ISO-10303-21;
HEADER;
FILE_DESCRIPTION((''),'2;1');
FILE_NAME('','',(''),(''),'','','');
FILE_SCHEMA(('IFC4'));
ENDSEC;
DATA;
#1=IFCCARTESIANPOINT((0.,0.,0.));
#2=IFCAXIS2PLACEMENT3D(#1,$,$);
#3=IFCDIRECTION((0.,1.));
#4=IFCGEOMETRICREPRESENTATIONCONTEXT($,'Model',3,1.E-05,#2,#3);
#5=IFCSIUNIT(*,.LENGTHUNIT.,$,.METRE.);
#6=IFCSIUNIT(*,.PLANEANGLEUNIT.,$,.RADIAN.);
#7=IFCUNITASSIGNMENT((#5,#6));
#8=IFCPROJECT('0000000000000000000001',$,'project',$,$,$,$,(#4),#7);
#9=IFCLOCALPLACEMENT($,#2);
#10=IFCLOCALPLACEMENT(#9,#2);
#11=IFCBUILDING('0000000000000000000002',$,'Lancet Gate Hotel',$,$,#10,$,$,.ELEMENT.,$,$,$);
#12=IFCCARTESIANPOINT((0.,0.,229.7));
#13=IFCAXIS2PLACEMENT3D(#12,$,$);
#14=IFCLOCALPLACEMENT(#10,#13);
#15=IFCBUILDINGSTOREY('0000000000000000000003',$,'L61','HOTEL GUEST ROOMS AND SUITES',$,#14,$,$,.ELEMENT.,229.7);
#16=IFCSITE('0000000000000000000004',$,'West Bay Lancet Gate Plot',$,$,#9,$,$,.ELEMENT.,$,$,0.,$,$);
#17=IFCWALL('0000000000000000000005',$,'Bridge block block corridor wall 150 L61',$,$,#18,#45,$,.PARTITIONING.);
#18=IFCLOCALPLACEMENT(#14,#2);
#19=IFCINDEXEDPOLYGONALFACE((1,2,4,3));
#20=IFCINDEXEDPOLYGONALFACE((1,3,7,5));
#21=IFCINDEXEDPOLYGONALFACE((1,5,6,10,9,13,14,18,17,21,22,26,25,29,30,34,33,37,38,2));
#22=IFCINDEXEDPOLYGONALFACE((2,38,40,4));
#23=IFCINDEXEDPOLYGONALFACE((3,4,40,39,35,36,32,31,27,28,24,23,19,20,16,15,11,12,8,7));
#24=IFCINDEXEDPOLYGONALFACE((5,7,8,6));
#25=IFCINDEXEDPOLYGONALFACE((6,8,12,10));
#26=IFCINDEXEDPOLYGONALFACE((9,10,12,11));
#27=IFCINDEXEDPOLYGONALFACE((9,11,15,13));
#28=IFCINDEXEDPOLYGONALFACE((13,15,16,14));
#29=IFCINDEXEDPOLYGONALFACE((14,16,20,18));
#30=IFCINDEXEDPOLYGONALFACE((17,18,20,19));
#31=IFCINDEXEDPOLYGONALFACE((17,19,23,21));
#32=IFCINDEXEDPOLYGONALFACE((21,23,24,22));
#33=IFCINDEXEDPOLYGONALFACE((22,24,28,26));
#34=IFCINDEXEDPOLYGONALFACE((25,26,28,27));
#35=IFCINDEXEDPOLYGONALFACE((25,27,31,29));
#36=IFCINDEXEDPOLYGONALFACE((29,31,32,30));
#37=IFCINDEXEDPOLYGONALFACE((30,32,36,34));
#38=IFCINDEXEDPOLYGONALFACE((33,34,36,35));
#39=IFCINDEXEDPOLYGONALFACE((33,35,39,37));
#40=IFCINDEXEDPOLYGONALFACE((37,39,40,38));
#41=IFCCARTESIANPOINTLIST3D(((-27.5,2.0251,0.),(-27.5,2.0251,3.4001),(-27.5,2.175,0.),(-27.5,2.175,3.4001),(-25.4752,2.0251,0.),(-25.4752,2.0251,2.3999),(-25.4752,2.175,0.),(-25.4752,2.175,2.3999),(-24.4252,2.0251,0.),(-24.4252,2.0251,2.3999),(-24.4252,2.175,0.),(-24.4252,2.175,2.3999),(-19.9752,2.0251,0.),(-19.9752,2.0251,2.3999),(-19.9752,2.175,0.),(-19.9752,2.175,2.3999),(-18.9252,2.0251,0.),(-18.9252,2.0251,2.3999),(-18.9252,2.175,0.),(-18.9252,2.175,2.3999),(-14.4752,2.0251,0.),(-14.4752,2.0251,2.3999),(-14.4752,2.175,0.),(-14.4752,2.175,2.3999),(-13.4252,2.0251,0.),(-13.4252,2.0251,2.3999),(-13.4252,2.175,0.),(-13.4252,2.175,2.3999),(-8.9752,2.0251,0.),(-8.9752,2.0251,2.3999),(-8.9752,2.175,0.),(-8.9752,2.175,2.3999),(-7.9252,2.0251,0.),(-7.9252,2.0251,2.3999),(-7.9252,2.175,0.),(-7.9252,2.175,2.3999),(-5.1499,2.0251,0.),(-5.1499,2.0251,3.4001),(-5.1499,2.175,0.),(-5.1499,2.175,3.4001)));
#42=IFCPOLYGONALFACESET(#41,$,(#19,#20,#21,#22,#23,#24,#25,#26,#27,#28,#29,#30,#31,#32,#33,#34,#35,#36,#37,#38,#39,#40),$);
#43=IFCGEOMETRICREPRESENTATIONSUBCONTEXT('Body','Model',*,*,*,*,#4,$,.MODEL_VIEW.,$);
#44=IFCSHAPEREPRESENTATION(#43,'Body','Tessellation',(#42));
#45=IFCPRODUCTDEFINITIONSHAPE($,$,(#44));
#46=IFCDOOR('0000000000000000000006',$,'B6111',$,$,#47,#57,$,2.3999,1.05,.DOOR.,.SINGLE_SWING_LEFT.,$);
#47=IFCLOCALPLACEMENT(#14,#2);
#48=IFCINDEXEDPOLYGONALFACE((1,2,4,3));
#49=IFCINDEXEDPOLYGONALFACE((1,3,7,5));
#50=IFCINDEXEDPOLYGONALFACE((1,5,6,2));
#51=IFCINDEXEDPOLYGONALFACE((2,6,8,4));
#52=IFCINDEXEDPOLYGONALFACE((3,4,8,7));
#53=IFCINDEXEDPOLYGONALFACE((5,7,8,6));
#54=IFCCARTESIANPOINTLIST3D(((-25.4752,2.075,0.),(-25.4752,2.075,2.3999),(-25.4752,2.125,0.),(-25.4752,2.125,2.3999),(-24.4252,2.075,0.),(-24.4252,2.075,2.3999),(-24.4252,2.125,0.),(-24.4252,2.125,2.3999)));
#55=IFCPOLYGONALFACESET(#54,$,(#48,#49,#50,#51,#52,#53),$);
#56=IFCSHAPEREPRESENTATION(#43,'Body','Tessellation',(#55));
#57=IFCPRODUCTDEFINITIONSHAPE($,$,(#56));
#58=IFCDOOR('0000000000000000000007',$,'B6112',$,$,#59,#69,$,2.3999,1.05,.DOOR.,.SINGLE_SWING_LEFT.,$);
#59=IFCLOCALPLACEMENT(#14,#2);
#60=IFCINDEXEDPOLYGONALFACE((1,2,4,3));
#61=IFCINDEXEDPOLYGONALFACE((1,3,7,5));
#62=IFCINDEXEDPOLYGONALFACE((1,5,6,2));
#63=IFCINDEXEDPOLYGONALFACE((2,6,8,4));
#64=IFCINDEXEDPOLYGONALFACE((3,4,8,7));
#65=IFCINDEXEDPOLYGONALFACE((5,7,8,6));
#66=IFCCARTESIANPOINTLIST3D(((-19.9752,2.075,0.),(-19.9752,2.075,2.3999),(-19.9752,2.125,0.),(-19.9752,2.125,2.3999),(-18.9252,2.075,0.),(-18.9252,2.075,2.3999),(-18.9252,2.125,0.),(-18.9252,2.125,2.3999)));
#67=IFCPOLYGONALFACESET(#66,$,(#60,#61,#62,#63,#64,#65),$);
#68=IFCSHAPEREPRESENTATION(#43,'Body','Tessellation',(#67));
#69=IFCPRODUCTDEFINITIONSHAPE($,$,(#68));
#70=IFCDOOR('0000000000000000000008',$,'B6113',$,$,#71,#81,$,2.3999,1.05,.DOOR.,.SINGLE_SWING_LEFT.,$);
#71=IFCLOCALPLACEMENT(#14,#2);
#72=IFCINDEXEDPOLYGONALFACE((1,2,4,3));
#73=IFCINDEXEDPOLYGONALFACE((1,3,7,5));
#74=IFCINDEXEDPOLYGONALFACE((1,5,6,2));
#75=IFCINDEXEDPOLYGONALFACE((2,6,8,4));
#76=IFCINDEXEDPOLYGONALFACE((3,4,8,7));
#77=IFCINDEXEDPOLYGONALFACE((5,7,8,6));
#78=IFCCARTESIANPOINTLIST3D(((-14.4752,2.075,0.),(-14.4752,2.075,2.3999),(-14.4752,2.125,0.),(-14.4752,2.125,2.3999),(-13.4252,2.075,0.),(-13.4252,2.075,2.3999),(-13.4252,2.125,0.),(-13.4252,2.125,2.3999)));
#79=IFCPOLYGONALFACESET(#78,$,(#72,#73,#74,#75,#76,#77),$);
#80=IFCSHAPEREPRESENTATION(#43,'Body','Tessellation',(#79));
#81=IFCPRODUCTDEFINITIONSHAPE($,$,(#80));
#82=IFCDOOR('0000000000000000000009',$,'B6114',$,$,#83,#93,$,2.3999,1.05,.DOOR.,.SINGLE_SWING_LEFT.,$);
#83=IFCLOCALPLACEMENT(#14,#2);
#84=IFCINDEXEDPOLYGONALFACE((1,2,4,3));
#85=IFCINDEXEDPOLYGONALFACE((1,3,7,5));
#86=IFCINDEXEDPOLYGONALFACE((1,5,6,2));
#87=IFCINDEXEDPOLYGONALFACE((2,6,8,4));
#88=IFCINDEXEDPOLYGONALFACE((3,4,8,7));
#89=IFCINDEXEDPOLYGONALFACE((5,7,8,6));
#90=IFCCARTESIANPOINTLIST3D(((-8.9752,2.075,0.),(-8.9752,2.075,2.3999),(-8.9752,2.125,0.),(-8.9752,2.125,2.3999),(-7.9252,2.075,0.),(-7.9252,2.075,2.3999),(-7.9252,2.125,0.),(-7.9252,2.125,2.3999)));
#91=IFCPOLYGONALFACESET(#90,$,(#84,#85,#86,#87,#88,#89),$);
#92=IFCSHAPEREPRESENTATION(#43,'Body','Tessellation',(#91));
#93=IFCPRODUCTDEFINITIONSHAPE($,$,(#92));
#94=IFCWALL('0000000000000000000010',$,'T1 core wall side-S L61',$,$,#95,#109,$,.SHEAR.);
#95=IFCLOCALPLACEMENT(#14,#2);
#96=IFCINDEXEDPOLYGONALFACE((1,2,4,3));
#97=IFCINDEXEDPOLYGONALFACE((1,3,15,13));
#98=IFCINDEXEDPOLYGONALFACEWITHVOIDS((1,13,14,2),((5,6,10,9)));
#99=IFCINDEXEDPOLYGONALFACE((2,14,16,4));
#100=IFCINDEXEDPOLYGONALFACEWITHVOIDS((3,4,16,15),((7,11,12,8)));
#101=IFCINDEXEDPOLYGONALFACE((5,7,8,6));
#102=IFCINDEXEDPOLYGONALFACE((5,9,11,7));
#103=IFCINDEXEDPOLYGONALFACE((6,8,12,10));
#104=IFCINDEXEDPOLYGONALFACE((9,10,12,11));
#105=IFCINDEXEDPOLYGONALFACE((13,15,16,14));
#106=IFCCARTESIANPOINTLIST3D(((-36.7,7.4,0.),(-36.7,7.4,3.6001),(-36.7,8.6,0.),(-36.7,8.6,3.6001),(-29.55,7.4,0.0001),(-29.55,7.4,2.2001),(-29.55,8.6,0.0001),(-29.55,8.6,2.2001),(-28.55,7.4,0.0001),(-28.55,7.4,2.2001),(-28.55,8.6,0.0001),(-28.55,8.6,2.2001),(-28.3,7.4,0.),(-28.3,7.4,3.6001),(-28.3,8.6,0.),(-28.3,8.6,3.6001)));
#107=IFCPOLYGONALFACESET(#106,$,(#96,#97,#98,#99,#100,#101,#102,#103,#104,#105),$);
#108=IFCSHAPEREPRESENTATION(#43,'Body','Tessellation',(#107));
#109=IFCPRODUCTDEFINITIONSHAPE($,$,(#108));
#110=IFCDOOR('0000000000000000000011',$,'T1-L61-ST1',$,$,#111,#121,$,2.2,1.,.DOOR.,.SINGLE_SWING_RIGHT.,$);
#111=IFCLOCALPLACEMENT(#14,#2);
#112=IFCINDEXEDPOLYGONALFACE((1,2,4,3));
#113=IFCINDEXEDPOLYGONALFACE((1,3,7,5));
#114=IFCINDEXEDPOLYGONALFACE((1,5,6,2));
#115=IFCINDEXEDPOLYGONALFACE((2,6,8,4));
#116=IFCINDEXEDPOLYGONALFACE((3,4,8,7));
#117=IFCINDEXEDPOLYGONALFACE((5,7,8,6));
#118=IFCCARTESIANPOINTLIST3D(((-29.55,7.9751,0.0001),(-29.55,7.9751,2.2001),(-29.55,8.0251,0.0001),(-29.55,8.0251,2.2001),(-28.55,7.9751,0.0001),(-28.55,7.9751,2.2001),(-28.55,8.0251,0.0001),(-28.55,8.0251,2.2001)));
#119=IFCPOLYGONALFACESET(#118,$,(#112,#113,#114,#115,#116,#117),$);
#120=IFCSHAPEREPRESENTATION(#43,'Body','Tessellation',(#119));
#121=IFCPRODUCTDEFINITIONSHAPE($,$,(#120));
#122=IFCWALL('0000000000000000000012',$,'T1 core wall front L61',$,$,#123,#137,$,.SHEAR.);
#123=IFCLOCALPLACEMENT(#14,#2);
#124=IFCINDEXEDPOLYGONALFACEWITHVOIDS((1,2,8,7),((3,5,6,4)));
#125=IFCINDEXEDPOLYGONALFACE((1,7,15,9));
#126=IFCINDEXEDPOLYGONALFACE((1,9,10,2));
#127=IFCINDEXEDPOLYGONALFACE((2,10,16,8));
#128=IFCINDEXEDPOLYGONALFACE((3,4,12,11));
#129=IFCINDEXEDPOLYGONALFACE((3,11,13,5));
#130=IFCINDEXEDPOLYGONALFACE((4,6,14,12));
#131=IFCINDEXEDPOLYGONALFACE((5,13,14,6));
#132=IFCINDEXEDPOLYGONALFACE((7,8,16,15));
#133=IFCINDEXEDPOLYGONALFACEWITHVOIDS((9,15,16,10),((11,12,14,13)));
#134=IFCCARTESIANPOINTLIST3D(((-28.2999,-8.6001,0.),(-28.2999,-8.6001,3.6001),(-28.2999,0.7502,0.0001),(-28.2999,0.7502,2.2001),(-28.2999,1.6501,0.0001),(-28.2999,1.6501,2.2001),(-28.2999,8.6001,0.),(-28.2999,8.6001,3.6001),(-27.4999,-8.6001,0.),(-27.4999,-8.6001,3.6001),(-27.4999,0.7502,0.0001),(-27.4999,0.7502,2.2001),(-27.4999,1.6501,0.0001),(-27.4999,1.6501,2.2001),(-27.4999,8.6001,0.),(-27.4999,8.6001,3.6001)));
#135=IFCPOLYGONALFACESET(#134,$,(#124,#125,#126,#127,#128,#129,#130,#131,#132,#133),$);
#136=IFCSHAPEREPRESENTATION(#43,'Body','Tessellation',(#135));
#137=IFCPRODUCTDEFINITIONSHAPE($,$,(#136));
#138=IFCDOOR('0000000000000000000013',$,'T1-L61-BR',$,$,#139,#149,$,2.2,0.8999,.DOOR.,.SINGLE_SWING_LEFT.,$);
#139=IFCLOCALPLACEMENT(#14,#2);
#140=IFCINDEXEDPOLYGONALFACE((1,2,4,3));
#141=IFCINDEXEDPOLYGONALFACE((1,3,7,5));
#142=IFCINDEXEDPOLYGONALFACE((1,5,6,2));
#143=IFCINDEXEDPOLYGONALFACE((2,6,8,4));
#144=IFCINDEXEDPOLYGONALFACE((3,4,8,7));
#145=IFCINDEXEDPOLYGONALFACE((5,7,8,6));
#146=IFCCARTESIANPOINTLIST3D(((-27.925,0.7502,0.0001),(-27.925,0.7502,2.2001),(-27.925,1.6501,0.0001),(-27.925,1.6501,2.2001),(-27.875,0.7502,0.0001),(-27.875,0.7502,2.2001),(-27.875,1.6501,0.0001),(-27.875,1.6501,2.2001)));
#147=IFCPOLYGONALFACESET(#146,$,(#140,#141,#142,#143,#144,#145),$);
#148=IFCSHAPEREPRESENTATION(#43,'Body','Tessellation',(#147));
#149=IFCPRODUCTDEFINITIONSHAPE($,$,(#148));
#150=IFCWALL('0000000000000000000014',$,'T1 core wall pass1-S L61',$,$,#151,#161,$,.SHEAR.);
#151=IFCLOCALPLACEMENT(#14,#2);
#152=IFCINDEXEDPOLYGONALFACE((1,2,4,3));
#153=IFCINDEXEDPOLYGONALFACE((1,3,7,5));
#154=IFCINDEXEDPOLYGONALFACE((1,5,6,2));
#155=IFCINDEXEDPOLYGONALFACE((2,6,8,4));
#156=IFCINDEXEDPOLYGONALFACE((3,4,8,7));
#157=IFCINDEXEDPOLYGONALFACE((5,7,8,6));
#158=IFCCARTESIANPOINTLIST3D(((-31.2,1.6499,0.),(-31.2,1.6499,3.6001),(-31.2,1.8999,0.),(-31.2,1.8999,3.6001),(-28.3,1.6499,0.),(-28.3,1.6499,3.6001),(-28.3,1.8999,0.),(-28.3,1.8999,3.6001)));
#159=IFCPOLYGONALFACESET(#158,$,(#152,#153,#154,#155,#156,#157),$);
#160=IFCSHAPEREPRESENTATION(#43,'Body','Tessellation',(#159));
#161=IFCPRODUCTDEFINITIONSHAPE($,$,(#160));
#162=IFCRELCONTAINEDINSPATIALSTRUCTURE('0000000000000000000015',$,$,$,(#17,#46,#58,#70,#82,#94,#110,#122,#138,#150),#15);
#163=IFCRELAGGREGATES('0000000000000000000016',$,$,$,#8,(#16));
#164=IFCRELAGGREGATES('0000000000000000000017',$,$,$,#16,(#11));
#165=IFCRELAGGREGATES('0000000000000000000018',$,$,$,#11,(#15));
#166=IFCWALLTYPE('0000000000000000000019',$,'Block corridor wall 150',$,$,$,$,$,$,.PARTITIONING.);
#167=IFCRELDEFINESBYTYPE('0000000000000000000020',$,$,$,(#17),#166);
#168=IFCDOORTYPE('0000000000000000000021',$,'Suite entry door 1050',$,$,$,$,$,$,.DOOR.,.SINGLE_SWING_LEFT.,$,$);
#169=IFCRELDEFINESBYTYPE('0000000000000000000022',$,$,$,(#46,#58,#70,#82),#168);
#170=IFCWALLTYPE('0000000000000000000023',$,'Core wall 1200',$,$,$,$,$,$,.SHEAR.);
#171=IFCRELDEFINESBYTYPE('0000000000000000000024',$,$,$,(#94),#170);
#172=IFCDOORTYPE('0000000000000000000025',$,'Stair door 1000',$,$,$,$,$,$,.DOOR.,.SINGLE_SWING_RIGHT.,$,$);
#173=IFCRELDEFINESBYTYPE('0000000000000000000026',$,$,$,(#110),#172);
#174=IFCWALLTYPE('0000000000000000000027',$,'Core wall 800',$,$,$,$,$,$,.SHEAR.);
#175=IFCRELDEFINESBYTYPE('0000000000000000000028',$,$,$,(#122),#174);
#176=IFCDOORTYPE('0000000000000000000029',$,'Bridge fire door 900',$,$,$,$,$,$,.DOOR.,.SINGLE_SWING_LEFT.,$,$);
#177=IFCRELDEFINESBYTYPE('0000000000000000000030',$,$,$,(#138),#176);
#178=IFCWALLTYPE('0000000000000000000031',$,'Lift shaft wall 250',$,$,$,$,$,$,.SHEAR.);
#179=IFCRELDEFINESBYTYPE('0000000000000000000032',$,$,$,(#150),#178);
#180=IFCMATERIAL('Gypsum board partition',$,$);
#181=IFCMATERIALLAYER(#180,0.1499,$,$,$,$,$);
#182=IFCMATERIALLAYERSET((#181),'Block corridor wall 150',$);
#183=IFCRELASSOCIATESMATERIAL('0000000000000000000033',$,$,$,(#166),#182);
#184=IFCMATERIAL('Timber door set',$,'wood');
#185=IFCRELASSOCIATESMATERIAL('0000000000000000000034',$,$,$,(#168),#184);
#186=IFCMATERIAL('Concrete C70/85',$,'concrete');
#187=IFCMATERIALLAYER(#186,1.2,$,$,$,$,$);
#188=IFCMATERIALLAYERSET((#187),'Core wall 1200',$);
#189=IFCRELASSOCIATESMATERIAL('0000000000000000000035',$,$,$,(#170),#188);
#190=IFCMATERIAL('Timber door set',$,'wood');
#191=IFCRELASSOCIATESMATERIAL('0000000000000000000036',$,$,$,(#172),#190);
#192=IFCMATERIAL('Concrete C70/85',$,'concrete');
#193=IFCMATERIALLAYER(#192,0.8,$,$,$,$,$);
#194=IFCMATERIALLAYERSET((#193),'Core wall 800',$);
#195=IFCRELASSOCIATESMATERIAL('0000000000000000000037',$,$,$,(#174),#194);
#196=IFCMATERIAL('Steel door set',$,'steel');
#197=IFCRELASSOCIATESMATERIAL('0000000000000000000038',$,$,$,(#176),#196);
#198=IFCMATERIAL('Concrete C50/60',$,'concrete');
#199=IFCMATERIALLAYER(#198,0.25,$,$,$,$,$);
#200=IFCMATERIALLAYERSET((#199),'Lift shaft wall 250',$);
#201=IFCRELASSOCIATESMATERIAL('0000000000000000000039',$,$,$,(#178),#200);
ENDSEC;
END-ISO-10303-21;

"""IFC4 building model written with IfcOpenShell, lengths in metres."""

from ifc_helpers import new_model, si_unit, direction, frame, frame_2d, origin, place, context, subcontext, project, spatial, rectangle, extrude, material, layer, layer_set, type_object, element, fill, save


model = new_model("IFC4")

# Units and contexts
model_context = context("Model", 3, precision=1e-05, world=origin(), true_north=direction((0.0, 1.0)))
body_context = subcontext(model_context, "Body", "Model", "MODEL_VIEW")
ifc_project = project(units=[si_unit("LENGTHUNIT", "METRE"), si_unit("PLANEANGLEUNIT", "RADIAN")], contexts=[model_context])

# Site, building, storey
site_placement = place(None, origin())
site = spatial("IfcSite", under=ifc_project, at=site_placement, Name="West Bay Lancet Gate Plot", CompositionType="ELEMENT", RefElevation=0.0)
building_placement = place(site_placement, origin())
building = spatial("IfcBuilding", under=site, at=building_placement, Name="Lancet Gate Hotel", CompositionType="ELEMENT")
storey_placement = place(building_placement, frame((0.0, 0.0, 229.7)))
storey = spatial("IfcBuildingStorey", under=building, at=storey_placement, Name="L61", Description="HOTEL GUEST ROOMS AND SUITES", CompositionType="ELEMENT", Elevation=229.7)

# Wall, openings, doors
ifc_material_1 = material(Name="Gypsum board partition")
ifc_layer_1 = layer(ifc_material_1, 0.1499)
ifc_layer_set_1 = layer_set([ifc_layer_1], Name="Block corridor wall 150")
wall_type_1 = type_object("IfcWallType", Name="Block corridor wall 150", PredefinedType="PARTITIONING", material=ifc_layer_set_1)
ifc_material_2 = material(Name="Timber door set", Category="wood")
door_type_1 = type_object("IfcDoorType", Name="Suite entry door 1050", OperationType="SINGLE_SWING_LEFT", PredefinedType="DOOR", material=ifc_material_2)
wall_1_placement = place(storey_placement, frame((-27.5, 2.1001, 0.0), z_axis=(0.0, 0.0, 1.0), x_axis=(1.0, 0.0, 0.0)))
wall_1 = element("IfcWall", 1, at=wall_1_placement, inside=storey, type_object=wall_type_1, Name="Bridge block block corridor wall 150 L61", PredefinedType="PARTITIONING", context=body_context, shape_type="SweptSolid", body=[
    extrude(rectangle(XDim=22.3501, YDim=0.1499, at=frame_2d((11.175, 0.0))), origin(), (0.0, 0.0, 1.0), 3.4001),
])
opening_1_placement = place(wall_1_placement, frame((2.0249, 0.0, 0.0)))
opening_1 = element("IfcOpeningElement", 2, at=opening_1_placement, cuts=wall_1, PredefinedType="OPENING", context=body_context, shape_type="SweptSolid", body=[
    extrude(rectangle(XDim=1.05, YDim=2.3999, at=frame_2d((0.5249, 1.2))), frame((0.0, 0.085, 0.0), z_axis=(0.0, -1.0, 0.0), x_axis=(1.0, 0.0, 0.0)), (0.0, 0.0, 1.0), 0.1699),
])
opening_2_placement = place(wall_1_placement, frame((7.5249, 0.0, 0.0)))
opening_2 = element("IfcOpeningElement", 3, at=opening_2_placement, cuts=wall_1, PredefinedType="OPENING", context=body_context, shape_type="SweptSolid", body=[
    extrude(rectangle(XDim=1.05, YDim=2.3999, at=frame_2d((0.5249, 1.2))), frame((0.0, 0.085, 0.0), z_axis=(0.0, -1.0, 0.0), x_axis=(1.0, 0.0, 0.0)), (0.0, 0.0, 1.0), 0.1699),
])
opening_3_placement = place(wall_1_placement, frame((13.0249, 0.0, 0.0)))
opening_3 = element("IfcOpeningElement", 4, at=opening_3_placement, cuts=wall_1, PredefinedType="OPENING", context=body_context, shape_type="SweptSolid", body=[
    extrude(rectangle(XDim=1.05, YDim=2.3999, at=frame_2d((0.5249, 1.2))), frame((0.0, 0.085, 0.0), z_axis=(0.0, -1.0, 0.0), x_axis=(1.0, 0.0, 0.0)), (0.0, 0.0, 1.0), 0.1699),
])
opening_4_placement = place(wall_1_placement, frame((18.5249, 0.0, 0.0)))
opening_4 = element("IfcOpeningElement", 5, at=opening_4_placement, cuts=wall_1, PredefinedType="OPENING", context=body_context, shape_type="SweptSolid", body=[
    extrude(rectangle(XDim=1.05, YDim=2.3999, at=frame_2d((0.5249, 1.2))), frame((0.0, 0.085, 0.0), z_axis=(0.0, -1.0, 0.0), x_axis=(1.0, 0.0, 0.0)), (0.0, 0.0, 1.0), 0.1699),
])
door_1_placement = place(opening_1_placement, origin())
door_1 = element("IfcDoor", 6, at=door_1_placement, inside=storey, type_object=door_type_1, Name="B6111", OperationType="SINGLE_SWING_LEFT", OverallHeight=2.3999, OverallWidth=1.05, PredefinedType="DOOR", context=body_context, shape_type="SweptSolid", body=[
    extrude(rectangle(XDim=1.05, YDim=2.3999, at=frame_2d((0.5249, 1.2))), frame((0.0, 0.0249, 0.0), z_axis=(0.0, -1.0, 0.0), x_axis=(1.0, 0.0, 0.0)), (0.0, 0.0, 1.0), 0.05),
])
fill(opening_1, door_1)
door_2_placement = place(opening_2_placement, origin())
door_2 = element("IfcDoor", 7, at=door_2_placement, inside=storey, type_object=door_type_1, Name="B6112", OperationType="SINGLE_SWING_LEFT", OverallHeight=2.3999, OverallWidth=1.05, PredefinedType="DOOR", context=body_context, shape_type="SweptSolid", body=[
    extrude(rectangle(XDim=1.05, YDim=2.3999, at=frame_2d((0.5249, 1.2))), frame((0.0, 0.0249, 0.0), z_axis=(0.0, -1.0, 0.0), x_axis=(1.0, 0.0, 0.0)), (0.0, 0.0, 1.0), 0.05),
])
fill(opening_2, door_2)
door_3_placement = place(opening_3_placement, origin())
door_3 = element("IfcDoor", 8, at=door_3_placement, inside=storey, type_object=door_type_1, Name="B6113", OperationType="SINGLE_SWING_LEFT", OverallHeight=2.3999, OverallWidth=1.05, PredefinedType="DOOR", context=body_context, shape_type="SweptSolid", body=[
    extrude(rectangle(XDim=1.05, YDim=2.3999, at=frame_2d((0.5249, 1.2))), frame((0.0, 0.0249, 0.0), z_axis=(0.0, -1.0, 0.0), x_axis=(1.0, 0.0, 0.0)), (0.0, 0.0, 1.0), 0.05),
])
fill(opening_3, door_3)
door_4_placement = place(opening_4_placement, origin())
door_4 = element("IfcDoor", 9, at=door_4_placement, inside=storey, type_object=door_type_1, Name="B6114", OperationType="SINGLE_SWING_LEFT", OverallHeight=2.3999, OverallWidth=1.05, PredefinedType="DOOR", context=body_context, shape_type="SweptSolid", body=[
    extrude(rectangle(XDim=1.05, YDim=2.3999, at=frame_2d((0.5249, 1.2))), frame((0.0, 0.0249, 0.0), z_axis=(0.0, -1.0, 0.0), x_axis=(1.0, 0.0, 0.0)), (0.0, 0.0, 1.0), 0.05),
])
fill(opening_4, door_4)

# Walls, openings, doors
ifc_material_3 = material(Name="Concrete C70/85", Category="concrete")
ifc_layer_2 = layer(ifc_material_3, 1.2)
ifc_layer_set_2 = layer_set([ifc_layer_2], Name="Core wall 1200")
wall_type_2 = type_object("IfcWallType", Name="Core wall 1200", PredefinedType="SHEAR", material=ifc_layer_set_2)
wall_2_placement = place(storey_placement, frame((-28.3, 8.0, 0.0), z_axis=(0.0, 0.0, 1.0), x_axis=(-1.0, 0.0, 0.0)))
wall_2 = element("IfcWall", 10, at=wall_2_placement, inside=storey, type_object=wall_type_2, Name="T1 core wall side-S L61", PredefinedType="SHEAR", context=body_context, shape_type="SweptSolid", body=[
    extrude(rectangle(XDim=8.3999, YDim=1.2, at=frame_2d((4.2, 0.0))), origin(), (0.0, 0.0, 1.0), 3.6001),
])
opening_5_placement = place(wall_2_placement, frame((0.25, 0.0, 0.0)))
opening_5 = element("IfcOpeningElement", 11, at=opening_5_placement, cuts=wall_2, PredefinedType="OPENING", context=body_context, shape_type="SweptSolid", body=[
    extrude(rectangle(XDim=1.0, YDim=2.2, at=frame_2d((0.5, 1.1001))), frame((0.0, 0.6099, 0.0), z_axis=(0.0, -1.0, 0.0), x_axis=(1.0, 0.0, 0.0)), (0.0, 0.0, 1.0), 1.22),
])
ifc_material_4 = material(Name="Timber door set", Category="wood")
door_type_2 = type_object("IfcDoorType", Name="Stair door 1000", OperationType="SINGLE_SWING_RIGHT", PredefinedType="DOOR", material=ifc_material_4)
door_5_placement = place(opening_5_placement, origin())
door_5 = element("IfcDoor", 12, at=door_5_placement, inside=storey, type_object=door_type_2, Name="T1-L61-ST1", OperationType="SINGLE_SWING_RIGHT", OverallHeight=2.2, OverallWidth=1.0, PredefinedType="DOOR", context=body_context, shape_type="SweptSolid", body=[
    extrude(rectangle(XDim=1.0, YDim=2.2, at=frame_2d((0.5, 1.1001))), frame((0.0, 0.0249, 0.0), z_axis=(0.0, -1.0, 0.0), x_axis=(1.0, 0.0, 0.0)), (0.0, 0.0, 1.0), 0.05),
])
fill(opening_5, door_5)
ifc_material_5 = material(Name="Concrete C70/85", Category="concrete")
ifc_layer_3 = layer(ifc_material_5, 0.8)
ifc_layer_set_3 = layer_set([ifc_layer_3], Name="Core wall 800")
wall_type_3 = type_object("IfcWallType", Name="Core wall 800", PredefinedType="SHEAR", material=ifc_layer_set_3)
wall_3_placement = place(storey_placement, frame((-27.8999, 8.6001, 0.0), z_axis=(0.0, 0.0, 1.0), x_axis=(0.0, -1.0, 0.0)))
wall_3 = element("IfcWall", 13, at=wall_3_placement, inside=storey, type_object=wall_type_3, Name="T1 core wall front L61", PredefinedType="SHEAR", context=body_context, shape_type="SweptSolid", body=[
    extrude(rectangle(XDim=17.2002, YDim=0.8, at=frame_2d((8.6001, 0.0))), origin(), (0.0, 0.0, 1.0), 3.6001),
])
opening_6_placement = place(wall_3_placement, frame((6.95, 0.0, 0.0)))
opening_6 = element("IfcOpeningElement", 14, at=opening_6_placement, cuts=wall_3, PredefinedType="OPENING", context=body_context, shape_type="SweptSolid", body=[
    extrude(rectangle(XDim=0.8999, YDim=2.2, at=frame_2d((0.45, 1.1001))), frame((0.0, 0.4099, 0.0), z_axis=(0.0, -1.0, 0.0), x_axis=(1.0, 0.0, 0.0)), (0.0, 0.0, 1.0), 0.8201),
])
ifc_material_6 = material(Name="Steel door set", Category="steel")
door_type_3 = type_object("IfcDoorType", Name="Bridge fire door 900", OperationType="SINGLE_SWING_LEFT", PredefinedType="DOOR", material=ifc_material_6)
door_6_placement = place(opening_6_placement, origin())
door_6 = element("IfcDoor", 15, at=door_6_placement, inside=storey, type_object=door_type_3, Name="T1-L61-BR", OperationType="SINGLE_SWING_LEFT", OverallHeight=2.2, OverallWidth=0.8999, PredefinedType="DOOR", context=body_context, shape_type="SweptSolid", body=[
    extrude(rectangle(XDim=0.8999, YDim=2.2, at=frame_2d((0.45, 1.1001))), frame((0.0, 0.0249, 0.0), z_axis=(0.0, -1.0, 0.0), x_axis=(1.0, 0.0, 0.0)), (0.0, 0.0, 1.0), 0.05),
])
fill(opening_6, door_6)

# Wall
ifc_material_7 = material(Name="Concrete C50/60", Category="concrete")
ifc_layer_4 = layer(ifc_material_7, 0.25)
ifc_layer_set_4 = layer_set([ifc_layer_4], Name="Lift shaft wall 250")
wall_type_4 = type_object("IfcWallType", Name="Lift shaft wall 250", PredefinedType="SHEAR", material=ifc_layer_set_4)
wall_4_placement = place(storey_placement, frame((-28.3, 1.7749, 0.0), z_axis=(0.0, 0.0, 1.0), x_axis=(-1.0, 0.0, 0.0)))
element("IfcWall", 16, at=wall_4_placement, inside=storey, type_object=wall_type_4, Name="T1 core wall pass1-S L61", PredefinedType="SHEAR", context=body_context, shape_type="SweptSolid", body=[
    extrude(rectangle(XDim=2.8999, YDim=0.25, at=frame_2d((1.45, 0.0))), origin(), (0.0, 0.0, 1.0), 3.6001),
])

save(model, "model.ifc")
